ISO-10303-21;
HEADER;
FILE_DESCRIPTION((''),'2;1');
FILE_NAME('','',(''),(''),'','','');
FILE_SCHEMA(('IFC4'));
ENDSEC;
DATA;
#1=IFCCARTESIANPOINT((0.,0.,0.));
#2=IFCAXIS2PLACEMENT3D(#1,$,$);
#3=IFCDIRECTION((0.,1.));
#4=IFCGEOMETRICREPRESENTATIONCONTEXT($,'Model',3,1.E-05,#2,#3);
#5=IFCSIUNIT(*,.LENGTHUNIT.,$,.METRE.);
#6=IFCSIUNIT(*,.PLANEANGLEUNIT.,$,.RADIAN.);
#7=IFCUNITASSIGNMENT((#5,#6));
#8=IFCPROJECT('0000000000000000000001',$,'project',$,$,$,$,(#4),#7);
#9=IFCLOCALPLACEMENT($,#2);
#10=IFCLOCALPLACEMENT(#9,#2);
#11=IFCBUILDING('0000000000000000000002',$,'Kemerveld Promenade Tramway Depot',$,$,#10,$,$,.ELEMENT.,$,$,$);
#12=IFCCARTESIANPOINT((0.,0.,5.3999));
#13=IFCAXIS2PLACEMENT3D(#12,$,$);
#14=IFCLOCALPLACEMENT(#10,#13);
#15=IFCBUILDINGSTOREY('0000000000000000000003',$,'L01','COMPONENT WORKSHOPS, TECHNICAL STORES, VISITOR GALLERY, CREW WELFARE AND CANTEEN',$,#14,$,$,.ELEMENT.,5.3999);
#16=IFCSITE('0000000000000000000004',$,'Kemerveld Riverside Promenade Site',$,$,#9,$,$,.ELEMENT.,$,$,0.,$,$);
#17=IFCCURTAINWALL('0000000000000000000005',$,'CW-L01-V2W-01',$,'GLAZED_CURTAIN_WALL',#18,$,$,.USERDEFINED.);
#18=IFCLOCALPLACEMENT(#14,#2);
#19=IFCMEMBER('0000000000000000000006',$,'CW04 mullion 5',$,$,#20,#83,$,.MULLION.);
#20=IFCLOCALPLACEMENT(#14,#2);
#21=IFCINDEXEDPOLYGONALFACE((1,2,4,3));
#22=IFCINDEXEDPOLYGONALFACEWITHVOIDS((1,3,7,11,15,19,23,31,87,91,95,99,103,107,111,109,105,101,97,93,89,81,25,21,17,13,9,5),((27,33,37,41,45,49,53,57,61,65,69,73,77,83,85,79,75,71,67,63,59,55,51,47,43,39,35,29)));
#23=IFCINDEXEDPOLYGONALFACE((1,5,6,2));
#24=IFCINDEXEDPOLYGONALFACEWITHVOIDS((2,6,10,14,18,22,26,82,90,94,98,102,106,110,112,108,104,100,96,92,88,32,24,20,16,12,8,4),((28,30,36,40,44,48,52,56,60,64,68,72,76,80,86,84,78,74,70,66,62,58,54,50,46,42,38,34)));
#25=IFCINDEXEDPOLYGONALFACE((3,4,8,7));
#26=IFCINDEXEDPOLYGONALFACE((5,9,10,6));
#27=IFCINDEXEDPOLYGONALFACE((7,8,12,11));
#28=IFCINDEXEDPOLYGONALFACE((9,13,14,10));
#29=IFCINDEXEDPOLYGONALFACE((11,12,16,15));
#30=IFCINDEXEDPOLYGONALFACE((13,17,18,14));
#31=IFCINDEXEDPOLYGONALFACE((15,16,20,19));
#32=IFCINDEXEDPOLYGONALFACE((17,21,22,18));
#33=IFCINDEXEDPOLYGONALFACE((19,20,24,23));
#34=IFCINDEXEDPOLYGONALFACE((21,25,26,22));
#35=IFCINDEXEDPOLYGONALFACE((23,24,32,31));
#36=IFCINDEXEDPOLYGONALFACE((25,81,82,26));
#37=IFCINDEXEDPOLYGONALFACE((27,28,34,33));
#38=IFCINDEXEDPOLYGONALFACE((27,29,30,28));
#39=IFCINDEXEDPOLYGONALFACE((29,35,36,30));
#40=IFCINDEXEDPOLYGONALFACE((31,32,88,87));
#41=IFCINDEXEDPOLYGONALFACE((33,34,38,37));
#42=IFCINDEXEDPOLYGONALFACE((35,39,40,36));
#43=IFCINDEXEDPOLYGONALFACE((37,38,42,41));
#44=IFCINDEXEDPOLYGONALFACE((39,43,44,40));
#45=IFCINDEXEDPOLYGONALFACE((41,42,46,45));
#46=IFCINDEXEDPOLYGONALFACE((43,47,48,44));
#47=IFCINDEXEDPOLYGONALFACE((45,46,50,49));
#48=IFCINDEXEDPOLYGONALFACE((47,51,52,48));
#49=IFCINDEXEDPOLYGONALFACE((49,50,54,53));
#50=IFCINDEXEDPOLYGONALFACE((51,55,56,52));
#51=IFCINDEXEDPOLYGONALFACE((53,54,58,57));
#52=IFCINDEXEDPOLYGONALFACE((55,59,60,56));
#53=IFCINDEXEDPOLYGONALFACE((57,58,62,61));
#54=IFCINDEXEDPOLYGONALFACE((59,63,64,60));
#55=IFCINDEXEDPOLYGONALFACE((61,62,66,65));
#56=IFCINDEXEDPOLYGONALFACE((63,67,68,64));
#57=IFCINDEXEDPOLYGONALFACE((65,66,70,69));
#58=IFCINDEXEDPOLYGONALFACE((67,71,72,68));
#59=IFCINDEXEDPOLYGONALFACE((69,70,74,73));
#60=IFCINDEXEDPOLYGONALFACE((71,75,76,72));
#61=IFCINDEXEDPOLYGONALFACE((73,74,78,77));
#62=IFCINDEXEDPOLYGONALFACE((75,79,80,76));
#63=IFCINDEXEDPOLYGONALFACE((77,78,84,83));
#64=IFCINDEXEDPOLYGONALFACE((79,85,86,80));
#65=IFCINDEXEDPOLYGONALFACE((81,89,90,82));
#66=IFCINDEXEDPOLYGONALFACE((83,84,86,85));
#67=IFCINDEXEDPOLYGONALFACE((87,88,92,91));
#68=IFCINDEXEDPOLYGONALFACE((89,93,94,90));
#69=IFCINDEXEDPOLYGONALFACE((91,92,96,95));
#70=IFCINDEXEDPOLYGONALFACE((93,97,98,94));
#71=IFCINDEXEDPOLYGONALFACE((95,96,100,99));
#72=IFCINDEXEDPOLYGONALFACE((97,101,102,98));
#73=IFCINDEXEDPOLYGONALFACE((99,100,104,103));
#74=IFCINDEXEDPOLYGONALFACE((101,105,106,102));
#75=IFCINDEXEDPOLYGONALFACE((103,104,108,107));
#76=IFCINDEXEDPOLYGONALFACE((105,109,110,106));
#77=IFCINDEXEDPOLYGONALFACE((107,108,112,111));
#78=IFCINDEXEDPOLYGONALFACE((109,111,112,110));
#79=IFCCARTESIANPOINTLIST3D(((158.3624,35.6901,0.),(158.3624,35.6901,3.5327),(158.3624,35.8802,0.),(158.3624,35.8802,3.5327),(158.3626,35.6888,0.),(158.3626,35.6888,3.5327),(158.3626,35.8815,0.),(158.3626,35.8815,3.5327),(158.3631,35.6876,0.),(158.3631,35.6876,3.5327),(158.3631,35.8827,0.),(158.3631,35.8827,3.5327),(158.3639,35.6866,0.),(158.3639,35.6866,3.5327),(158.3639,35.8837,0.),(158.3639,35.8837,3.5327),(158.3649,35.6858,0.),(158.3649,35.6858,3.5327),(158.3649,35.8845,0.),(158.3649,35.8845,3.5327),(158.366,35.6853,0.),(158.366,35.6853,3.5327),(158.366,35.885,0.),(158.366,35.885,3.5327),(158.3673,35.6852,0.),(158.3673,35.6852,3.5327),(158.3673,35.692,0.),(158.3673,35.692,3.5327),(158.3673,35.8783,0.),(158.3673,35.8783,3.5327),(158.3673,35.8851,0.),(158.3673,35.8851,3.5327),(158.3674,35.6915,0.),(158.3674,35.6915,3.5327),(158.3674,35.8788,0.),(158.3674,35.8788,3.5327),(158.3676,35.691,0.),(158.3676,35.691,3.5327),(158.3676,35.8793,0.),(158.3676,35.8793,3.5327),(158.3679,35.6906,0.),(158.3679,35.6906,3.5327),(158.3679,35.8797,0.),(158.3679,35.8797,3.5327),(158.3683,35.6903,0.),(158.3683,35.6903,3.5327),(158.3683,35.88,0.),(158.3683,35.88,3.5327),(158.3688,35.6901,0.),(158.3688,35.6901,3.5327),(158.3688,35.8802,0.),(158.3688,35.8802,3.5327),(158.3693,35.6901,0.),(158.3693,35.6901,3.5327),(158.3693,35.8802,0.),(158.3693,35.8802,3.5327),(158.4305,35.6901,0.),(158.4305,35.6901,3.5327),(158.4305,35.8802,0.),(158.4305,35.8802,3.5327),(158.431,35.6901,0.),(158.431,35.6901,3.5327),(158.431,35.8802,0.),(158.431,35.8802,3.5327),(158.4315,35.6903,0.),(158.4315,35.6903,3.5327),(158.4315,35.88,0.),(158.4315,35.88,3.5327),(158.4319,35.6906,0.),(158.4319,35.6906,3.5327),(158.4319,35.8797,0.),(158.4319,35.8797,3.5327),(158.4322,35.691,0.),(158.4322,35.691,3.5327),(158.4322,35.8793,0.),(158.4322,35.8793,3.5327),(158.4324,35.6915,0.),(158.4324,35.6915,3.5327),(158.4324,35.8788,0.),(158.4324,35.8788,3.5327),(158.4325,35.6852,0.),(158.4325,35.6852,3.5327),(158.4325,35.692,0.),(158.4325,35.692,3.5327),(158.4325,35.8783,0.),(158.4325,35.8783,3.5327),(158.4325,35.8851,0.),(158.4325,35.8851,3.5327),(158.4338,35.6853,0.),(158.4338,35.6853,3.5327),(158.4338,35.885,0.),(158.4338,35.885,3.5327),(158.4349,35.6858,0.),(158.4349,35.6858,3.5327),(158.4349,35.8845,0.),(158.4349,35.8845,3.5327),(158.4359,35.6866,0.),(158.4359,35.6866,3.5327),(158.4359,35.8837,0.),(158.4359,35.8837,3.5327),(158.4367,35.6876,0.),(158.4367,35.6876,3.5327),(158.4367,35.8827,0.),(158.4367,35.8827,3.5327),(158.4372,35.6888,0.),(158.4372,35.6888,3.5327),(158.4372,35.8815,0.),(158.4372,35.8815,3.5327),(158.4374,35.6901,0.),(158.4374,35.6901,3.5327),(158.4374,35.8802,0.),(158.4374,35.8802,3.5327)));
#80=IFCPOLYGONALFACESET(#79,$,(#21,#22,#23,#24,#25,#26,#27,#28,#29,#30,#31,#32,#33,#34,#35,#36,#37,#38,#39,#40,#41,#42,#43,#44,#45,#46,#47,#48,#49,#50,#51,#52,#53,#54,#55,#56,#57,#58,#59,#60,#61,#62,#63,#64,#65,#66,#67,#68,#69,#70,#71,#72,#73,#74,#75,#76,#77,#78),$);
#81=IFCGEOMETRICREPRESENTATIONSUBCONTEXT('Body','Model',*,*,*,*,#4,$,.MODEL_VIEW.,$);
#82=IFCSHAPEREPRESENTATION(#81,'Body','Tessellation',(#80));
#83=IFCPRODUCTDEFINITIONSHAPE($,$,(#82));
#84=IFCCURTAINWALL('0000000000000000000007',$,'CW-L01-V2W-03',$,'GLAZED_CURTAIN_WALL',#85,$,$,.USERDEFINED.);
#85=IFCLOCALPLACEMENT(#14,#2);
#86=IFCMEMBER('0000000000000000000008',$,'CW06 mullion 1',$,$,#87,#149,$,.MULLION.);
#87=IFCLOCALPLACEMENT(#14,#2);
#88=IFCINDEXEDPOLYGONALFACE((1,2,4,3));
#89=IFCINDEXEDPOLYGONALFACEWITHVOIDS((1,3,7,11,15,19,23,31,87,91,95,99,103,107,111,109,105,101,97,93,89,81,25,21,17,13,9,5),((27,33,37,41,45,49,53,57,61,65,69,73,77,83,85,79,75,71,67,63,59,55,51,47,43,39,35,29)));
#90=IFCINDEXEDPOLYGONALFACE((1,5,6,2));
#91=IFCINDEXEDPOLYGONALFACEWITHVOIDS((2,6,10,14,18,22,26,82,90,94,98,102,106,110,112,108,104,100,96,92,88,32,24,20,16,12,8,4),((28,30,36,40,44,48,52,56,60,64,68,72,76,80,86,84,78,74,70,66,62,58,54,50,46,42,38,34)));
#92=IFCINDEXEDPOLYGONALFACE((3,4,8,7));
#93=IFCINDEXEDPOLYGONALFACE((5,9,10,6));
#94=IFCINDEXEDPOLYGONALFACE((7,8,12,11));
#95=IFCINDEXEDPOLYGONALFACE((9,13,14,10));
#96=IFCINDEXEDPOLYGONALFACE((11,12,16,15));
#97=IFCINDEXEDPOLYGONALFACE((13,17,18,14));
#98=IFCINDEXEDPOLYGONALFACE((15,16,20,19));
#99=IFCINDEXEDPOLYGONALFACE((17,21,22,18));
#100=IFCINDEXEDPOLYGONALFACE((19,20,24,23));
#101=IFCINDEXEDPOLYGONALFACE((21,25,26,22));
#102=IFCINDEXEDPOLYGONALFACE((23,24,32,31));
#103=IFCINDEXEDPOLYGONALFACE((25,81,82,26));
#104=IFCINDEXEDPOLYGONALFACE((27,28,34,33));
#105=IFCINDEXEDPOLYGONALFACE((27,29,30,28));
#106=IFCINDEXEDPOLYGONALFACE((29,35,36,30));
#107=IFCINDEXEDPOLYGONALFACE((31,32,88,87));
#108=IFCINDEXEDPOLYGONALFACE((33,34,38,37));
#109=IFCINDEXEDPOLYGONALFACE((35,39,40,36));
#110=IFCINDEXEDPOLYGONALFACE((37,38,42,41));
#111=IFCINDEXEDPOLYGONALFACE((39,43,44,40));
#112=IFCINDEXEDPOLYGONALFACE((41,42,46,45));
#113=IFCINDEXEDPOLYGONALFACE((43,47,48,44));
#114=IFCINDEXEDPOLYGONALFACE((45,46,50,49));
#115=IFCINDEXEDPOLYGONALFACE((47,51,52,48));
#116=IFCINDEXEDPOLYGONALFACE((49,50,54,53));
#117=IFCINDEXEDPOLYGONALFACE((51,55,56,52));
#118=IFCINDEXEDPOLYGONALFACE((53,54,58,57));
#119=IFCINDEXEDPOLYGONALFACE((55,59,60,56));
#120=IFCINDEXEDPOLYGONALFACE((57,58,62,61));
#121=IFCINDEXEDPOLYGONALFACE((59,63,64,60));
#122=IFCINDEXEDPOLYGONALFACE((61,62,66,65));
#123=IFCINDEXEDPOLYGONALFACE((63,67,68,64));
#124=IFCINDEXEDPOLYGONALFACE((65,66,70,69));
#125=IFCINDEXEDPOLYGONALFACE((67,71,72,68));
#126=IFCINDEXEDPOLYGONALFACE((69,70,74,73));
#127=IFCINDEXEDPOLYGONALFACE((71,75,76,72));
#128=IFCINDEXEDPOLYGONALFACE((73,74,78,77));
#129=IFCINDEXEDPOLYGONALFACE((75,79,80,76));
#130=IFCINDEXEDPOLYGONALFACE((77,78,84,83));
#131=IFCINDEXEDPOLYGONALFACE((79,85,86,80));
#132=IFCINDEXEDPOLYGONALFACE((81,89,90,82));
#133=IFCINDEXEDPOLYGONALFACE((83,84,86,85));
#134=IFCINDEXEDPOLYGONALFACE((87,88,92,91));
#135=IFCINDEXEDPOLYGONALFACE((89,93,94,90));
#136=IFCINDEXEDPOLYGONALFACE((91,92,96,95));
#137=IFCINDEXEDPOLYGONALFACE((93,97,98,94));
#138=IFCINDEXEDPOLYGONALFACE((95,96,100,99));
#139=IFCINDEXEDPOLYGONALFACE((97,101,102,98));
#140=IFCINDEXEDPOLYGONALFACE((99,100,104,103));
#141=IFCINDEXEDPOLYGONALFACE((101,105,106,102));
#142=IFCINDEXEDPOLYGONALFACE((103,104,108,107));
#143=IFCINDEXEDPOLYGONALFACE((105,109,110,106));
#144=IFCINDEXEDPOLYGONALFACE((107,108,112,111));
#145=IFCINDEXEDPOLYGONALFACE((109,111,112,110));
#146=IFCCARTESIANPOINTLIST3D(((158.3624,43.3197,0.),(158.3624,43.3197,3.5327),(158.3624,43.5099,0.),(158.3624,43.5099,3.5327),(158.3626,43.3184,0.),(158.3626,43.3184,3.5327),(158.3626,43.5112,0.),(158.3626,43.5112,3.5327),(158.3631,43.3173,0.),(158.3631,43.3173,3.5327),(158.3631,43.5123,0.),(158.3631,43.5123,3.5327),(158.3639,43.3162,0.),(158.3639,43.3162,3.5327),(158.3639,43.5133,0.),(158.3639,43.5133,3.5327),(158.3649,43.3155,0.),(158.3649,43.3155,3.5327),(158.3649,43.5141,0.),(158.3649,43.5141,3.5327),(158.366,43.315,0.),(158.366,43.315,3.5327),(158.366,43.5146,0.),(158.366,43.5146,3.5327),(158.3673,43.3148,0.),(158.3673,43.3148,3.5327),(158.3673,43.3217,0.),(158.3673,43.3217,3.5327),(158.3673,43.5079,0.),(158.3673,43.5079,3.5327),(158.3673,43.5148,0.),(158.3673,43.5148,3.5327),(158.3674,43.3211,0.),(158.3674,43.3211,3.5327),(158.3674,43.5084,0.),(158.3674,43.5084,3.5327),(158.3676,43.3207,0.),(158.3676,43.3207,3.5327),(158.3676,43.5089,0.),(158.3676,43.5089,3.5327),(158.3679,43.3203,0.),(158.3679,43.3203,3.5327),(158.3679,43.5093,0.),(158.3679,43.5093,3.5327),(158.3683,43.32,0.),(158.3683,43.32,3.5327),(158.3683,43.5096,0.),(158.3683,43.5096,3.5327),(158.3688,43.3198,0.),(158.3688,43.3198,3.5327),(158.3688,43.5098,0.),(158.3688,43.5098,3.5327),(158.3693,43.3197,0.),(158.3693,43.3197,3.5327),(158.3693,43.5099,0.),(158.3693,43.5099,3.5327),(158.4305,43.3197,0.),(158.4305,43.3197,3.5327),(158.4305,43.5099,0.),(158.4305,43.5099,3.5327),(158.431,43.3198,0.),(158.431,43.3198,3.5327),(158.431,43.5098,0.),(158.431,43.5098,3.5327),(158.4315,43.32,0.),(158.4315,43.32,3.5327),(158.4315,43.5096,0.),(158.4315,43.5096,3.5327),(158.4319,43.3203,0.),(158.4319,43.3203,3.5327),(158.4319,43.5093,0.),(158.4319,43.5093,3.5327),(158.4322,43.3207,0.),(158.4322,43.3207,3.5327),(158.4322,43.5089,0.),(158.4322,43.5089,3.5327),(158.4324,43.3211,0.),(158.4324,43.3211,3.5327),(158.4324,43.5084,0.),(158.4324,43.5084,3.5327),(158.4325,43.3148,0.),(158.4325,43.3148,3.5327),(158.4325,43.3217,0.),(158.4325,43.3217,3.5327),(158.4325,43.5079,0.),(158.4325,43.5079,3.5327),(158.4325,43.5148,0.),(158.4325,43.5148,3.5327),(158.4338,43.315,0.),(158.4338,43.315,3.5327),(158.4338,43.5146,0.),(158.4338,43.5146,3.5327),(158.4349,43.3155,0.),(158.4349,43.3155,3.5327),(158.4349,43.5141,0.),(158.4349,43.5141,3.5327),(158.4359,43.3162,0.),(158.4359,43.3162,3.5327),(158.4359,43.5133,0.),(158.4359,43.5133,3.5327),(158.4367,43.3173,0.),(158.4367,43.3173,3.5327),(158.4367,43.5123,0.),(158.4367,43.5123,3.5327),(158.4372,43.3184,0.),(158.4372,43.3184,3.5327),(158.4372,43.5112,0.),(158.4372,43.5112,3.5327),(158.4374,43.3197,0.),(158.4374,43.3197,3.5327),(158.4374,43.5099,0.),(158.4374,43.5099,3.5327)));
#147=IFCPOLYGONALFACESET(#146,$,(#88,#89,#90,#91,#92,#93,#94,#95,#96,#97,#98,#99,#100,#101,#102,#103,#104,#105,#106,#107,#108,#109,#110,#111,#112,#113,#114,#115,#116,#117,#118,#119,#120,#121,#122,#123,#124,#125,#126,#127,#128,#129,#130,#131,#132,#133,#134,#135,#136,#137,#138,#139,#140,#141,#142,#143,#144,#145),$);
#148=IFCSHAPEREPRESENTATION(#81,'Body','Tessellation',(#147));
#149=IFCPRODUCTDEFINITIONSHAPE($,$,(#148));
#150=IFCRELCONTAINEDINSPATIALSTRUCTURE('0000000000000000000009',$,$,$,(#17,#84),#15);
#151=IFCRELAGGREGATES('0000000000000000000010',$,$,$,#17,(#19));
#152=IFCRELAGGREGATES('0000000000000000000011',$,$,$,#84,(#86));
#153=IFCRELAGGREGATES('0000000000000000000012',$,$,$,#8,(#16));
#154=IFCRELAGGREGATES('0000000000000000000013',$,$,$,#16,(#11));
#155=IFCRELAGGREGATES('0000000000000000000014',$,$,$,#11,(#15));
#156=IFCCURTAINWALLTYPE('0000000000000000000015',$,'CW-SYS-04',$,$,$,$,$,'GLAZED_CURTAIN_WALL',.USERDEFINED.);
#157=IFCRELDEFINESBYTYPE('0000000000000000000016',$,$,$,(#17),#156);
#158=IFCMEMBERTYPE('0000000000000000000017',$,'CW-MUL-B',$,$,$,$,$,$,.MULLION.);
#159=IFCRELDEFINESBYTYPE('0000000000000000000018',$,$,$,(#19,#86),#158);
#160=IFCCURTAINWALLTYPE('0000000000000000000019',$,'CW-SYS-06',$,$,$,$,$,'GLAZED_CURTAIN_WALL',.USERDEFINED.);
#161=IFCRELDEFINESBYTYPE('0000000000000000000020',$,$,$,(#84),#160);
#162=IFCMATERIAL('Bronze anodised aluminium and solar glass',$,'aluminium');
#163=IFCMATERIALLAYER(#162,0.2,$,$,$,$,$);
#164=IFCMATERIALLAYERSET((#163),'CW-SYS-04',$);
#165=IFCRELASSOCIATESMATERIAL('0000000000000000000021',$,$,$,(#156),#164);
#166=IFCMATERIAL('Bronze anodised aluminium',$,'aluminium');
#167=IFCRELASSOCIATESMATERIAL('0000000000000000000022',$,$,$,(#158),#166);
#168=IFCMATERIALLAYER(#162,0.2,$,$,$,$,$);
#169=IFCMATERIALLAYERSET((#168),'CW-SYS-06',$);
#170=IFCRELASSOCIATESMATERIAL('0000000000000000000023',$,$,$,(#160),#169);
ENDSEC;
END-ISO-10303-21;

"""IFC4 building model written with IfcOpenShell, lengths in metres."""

from ifc_helpers import new_model, si_unit, direction, frame, origin, origin_2d, place, context, subcontext, project, spatial, hollow_rectangle, extrude, material, layer, layer_set, material_profile, profile_set, type_object, element, aggregate, save


model = new_model("IFC4")

# Units and contexts
model_context = context("Model", 3, precision=1e-05, world=origin(), true_north=direction((0.0, 1.0)))
body_context = subcontext(model_context, "Body", "Model", "MODEL_VIEW")
ifc_project = project(units=[si_unit("LENGTHUNIT", "METRE"), si_unit("PLANEANGLEUNIT", "RADIAN")], contexts=[model_context])

# Site, building, storey
site_placement = place(None, origin())
site = spatial("IfcSite", under=ifc_project, at=site_placement, Name="Kemerveld Riverside Promenade Site", CompositionType="ELEMENT", RefElevation=0.0)
building_placement = place(site_placement, origin())
building = spatial("IfcBuilding", under=site, at=building_placement, Name="Kemerveld Promenade Tramway Depot", CompositionType="ELEMENT")
storey_placement = place(building_placement, frame((0.0, 0.0, 5.3999)))
storey = spatial("IfcBuildingStorey", under=building, at=storey_placement, Name="L01", Description="COMPONENT WORKSHOPS, TECHNICAL STORES, VISITOR GALLERY, CREW WELFARE AND CANTEEN", CompositionType="ELEMENT", Elevation=5.3999)

# Curtain walls, members
ifc_material_1 = material(Name="Bronze anodised aluminium and solar glass", Category="aluminium")
ifc_layer_1 = layer(ifc_material_1, 0.2)
ifc_layer_set_1 = layer_set([ifc_layer_1], Name="CW-SYS-04")
curtain_wall_type_1 = type_object("IfcCurtainWallType", Name="CW-SYS-04", ElementType="GLAZED_CURTAIN_WALL", PredefinedType="USERDEFINED", material=ifc_layer_set_1)
curtain_wall_1_placement = place(storey_placement, origin())
curtain_wall_1 = element("IfcCurtainWall", 1, at=curtain_wall_1_placement, inside=storey, type_object=curtain_wall_type_1, Name="CW-L01-V2W-01", ObjectType="GLAZED_CURTAIN_WALL", PredefinedType="USERDEFINED")
ifc_material_2 = material(Name="Bronze anodised aluminium", Category="aluminium")
ifc_material_profile_1 = material_profile(ifc_material_2, hollow_rectangle(XDim=0.075, YDim=0.2, WallThickness=0.0049, InnerFilletRadius=0.002, OuterFilletRadius=0.0049, at=origin_2d()), Name="CW-MUL-200x75")
ifc_profile_set_1 = profile_set([ifc_material_profile_1], Name="Bronze anodised aluminium")
member_type_1 = type_object("IfcMemberType", Name="CW-MUL-B", PredefinedType="MULLION", material=ifc_profile_set_1)
member_1_placement = place(storey_placement, frame((158.3999, 35.7852, 0.0), z_axis=(0.0, 0.0, 1.0), x_axis=(-1.0, 0.0, 0.0)))
member_1 = element("IfcMember", 2, at=member_1_placement, type_object=member_type_1, Name="CW04 mullion 5", PredefinedType="MULLION", context=body_context, shape_type="SweptSolid", body=[
    extrude(hollow_rectangle(XDim=0.075, YDim=0.2, WallThickness=0.0049, InnerFilletRadius=0.002, OuterFilletRadius=0.0049, at=origin_2d()), origin(), (0.0, 0.0, 1.0), 3.5327),
])
ifc_layer_2 = layer(ifc_material_1, 0.2)
ifc_layer_set_2 = layer_set([ifc_layer_2], Name="CW-SYS-06")
curtain_wall_type_2 = type_object("IfcCurtainWallType", Name="CW-SYS-06", ElementType="GLAZED_CURTAIN_WALL", PredefinedType="USERDEFINED", material=ifc_layer_set_2)
curtain_wall_2_placement = place(storey_placement, origin())
curtain_wall_2 = element("IfcCurtainWall", 3, at=curtain_wall_2_placement, inside=storey, type_object=curtain_wall_type_2, Name="CW-L01-V2W-03", ObjectType="GLAZED_CURTAIN_WALL", PredefinedType="USERDEFINED")
member_2_placement = place(storey_placement, frame((158.3999, 43.4148, 0.0), z_axis=(0.0, 0.0, 1.0), x_axis=(-1.0, 0.0, 0.0)))
member_2 = element("IfcMember", 4, at=member_2_placement, type_object=member_type_1, Name="CW06 mullion 1", PredefinedType="MULLION", context=body_context, shape_type="SweptSolid", body=[
    extrude(hollow_rectangle(XDim=0.075, YDim=0.2, WallThickness=0.0049, InnerFilletRadius=0.002, OuterFilletRadius=0.0049, at=origin_2d()), origin(), (0.0, 0.0, 1.0), 3.5327),
])

aggregate(curtain_wall_1, [member_1])
aggregate(curtain_wall_2, [member_2])

save(model, "model.ifc")
